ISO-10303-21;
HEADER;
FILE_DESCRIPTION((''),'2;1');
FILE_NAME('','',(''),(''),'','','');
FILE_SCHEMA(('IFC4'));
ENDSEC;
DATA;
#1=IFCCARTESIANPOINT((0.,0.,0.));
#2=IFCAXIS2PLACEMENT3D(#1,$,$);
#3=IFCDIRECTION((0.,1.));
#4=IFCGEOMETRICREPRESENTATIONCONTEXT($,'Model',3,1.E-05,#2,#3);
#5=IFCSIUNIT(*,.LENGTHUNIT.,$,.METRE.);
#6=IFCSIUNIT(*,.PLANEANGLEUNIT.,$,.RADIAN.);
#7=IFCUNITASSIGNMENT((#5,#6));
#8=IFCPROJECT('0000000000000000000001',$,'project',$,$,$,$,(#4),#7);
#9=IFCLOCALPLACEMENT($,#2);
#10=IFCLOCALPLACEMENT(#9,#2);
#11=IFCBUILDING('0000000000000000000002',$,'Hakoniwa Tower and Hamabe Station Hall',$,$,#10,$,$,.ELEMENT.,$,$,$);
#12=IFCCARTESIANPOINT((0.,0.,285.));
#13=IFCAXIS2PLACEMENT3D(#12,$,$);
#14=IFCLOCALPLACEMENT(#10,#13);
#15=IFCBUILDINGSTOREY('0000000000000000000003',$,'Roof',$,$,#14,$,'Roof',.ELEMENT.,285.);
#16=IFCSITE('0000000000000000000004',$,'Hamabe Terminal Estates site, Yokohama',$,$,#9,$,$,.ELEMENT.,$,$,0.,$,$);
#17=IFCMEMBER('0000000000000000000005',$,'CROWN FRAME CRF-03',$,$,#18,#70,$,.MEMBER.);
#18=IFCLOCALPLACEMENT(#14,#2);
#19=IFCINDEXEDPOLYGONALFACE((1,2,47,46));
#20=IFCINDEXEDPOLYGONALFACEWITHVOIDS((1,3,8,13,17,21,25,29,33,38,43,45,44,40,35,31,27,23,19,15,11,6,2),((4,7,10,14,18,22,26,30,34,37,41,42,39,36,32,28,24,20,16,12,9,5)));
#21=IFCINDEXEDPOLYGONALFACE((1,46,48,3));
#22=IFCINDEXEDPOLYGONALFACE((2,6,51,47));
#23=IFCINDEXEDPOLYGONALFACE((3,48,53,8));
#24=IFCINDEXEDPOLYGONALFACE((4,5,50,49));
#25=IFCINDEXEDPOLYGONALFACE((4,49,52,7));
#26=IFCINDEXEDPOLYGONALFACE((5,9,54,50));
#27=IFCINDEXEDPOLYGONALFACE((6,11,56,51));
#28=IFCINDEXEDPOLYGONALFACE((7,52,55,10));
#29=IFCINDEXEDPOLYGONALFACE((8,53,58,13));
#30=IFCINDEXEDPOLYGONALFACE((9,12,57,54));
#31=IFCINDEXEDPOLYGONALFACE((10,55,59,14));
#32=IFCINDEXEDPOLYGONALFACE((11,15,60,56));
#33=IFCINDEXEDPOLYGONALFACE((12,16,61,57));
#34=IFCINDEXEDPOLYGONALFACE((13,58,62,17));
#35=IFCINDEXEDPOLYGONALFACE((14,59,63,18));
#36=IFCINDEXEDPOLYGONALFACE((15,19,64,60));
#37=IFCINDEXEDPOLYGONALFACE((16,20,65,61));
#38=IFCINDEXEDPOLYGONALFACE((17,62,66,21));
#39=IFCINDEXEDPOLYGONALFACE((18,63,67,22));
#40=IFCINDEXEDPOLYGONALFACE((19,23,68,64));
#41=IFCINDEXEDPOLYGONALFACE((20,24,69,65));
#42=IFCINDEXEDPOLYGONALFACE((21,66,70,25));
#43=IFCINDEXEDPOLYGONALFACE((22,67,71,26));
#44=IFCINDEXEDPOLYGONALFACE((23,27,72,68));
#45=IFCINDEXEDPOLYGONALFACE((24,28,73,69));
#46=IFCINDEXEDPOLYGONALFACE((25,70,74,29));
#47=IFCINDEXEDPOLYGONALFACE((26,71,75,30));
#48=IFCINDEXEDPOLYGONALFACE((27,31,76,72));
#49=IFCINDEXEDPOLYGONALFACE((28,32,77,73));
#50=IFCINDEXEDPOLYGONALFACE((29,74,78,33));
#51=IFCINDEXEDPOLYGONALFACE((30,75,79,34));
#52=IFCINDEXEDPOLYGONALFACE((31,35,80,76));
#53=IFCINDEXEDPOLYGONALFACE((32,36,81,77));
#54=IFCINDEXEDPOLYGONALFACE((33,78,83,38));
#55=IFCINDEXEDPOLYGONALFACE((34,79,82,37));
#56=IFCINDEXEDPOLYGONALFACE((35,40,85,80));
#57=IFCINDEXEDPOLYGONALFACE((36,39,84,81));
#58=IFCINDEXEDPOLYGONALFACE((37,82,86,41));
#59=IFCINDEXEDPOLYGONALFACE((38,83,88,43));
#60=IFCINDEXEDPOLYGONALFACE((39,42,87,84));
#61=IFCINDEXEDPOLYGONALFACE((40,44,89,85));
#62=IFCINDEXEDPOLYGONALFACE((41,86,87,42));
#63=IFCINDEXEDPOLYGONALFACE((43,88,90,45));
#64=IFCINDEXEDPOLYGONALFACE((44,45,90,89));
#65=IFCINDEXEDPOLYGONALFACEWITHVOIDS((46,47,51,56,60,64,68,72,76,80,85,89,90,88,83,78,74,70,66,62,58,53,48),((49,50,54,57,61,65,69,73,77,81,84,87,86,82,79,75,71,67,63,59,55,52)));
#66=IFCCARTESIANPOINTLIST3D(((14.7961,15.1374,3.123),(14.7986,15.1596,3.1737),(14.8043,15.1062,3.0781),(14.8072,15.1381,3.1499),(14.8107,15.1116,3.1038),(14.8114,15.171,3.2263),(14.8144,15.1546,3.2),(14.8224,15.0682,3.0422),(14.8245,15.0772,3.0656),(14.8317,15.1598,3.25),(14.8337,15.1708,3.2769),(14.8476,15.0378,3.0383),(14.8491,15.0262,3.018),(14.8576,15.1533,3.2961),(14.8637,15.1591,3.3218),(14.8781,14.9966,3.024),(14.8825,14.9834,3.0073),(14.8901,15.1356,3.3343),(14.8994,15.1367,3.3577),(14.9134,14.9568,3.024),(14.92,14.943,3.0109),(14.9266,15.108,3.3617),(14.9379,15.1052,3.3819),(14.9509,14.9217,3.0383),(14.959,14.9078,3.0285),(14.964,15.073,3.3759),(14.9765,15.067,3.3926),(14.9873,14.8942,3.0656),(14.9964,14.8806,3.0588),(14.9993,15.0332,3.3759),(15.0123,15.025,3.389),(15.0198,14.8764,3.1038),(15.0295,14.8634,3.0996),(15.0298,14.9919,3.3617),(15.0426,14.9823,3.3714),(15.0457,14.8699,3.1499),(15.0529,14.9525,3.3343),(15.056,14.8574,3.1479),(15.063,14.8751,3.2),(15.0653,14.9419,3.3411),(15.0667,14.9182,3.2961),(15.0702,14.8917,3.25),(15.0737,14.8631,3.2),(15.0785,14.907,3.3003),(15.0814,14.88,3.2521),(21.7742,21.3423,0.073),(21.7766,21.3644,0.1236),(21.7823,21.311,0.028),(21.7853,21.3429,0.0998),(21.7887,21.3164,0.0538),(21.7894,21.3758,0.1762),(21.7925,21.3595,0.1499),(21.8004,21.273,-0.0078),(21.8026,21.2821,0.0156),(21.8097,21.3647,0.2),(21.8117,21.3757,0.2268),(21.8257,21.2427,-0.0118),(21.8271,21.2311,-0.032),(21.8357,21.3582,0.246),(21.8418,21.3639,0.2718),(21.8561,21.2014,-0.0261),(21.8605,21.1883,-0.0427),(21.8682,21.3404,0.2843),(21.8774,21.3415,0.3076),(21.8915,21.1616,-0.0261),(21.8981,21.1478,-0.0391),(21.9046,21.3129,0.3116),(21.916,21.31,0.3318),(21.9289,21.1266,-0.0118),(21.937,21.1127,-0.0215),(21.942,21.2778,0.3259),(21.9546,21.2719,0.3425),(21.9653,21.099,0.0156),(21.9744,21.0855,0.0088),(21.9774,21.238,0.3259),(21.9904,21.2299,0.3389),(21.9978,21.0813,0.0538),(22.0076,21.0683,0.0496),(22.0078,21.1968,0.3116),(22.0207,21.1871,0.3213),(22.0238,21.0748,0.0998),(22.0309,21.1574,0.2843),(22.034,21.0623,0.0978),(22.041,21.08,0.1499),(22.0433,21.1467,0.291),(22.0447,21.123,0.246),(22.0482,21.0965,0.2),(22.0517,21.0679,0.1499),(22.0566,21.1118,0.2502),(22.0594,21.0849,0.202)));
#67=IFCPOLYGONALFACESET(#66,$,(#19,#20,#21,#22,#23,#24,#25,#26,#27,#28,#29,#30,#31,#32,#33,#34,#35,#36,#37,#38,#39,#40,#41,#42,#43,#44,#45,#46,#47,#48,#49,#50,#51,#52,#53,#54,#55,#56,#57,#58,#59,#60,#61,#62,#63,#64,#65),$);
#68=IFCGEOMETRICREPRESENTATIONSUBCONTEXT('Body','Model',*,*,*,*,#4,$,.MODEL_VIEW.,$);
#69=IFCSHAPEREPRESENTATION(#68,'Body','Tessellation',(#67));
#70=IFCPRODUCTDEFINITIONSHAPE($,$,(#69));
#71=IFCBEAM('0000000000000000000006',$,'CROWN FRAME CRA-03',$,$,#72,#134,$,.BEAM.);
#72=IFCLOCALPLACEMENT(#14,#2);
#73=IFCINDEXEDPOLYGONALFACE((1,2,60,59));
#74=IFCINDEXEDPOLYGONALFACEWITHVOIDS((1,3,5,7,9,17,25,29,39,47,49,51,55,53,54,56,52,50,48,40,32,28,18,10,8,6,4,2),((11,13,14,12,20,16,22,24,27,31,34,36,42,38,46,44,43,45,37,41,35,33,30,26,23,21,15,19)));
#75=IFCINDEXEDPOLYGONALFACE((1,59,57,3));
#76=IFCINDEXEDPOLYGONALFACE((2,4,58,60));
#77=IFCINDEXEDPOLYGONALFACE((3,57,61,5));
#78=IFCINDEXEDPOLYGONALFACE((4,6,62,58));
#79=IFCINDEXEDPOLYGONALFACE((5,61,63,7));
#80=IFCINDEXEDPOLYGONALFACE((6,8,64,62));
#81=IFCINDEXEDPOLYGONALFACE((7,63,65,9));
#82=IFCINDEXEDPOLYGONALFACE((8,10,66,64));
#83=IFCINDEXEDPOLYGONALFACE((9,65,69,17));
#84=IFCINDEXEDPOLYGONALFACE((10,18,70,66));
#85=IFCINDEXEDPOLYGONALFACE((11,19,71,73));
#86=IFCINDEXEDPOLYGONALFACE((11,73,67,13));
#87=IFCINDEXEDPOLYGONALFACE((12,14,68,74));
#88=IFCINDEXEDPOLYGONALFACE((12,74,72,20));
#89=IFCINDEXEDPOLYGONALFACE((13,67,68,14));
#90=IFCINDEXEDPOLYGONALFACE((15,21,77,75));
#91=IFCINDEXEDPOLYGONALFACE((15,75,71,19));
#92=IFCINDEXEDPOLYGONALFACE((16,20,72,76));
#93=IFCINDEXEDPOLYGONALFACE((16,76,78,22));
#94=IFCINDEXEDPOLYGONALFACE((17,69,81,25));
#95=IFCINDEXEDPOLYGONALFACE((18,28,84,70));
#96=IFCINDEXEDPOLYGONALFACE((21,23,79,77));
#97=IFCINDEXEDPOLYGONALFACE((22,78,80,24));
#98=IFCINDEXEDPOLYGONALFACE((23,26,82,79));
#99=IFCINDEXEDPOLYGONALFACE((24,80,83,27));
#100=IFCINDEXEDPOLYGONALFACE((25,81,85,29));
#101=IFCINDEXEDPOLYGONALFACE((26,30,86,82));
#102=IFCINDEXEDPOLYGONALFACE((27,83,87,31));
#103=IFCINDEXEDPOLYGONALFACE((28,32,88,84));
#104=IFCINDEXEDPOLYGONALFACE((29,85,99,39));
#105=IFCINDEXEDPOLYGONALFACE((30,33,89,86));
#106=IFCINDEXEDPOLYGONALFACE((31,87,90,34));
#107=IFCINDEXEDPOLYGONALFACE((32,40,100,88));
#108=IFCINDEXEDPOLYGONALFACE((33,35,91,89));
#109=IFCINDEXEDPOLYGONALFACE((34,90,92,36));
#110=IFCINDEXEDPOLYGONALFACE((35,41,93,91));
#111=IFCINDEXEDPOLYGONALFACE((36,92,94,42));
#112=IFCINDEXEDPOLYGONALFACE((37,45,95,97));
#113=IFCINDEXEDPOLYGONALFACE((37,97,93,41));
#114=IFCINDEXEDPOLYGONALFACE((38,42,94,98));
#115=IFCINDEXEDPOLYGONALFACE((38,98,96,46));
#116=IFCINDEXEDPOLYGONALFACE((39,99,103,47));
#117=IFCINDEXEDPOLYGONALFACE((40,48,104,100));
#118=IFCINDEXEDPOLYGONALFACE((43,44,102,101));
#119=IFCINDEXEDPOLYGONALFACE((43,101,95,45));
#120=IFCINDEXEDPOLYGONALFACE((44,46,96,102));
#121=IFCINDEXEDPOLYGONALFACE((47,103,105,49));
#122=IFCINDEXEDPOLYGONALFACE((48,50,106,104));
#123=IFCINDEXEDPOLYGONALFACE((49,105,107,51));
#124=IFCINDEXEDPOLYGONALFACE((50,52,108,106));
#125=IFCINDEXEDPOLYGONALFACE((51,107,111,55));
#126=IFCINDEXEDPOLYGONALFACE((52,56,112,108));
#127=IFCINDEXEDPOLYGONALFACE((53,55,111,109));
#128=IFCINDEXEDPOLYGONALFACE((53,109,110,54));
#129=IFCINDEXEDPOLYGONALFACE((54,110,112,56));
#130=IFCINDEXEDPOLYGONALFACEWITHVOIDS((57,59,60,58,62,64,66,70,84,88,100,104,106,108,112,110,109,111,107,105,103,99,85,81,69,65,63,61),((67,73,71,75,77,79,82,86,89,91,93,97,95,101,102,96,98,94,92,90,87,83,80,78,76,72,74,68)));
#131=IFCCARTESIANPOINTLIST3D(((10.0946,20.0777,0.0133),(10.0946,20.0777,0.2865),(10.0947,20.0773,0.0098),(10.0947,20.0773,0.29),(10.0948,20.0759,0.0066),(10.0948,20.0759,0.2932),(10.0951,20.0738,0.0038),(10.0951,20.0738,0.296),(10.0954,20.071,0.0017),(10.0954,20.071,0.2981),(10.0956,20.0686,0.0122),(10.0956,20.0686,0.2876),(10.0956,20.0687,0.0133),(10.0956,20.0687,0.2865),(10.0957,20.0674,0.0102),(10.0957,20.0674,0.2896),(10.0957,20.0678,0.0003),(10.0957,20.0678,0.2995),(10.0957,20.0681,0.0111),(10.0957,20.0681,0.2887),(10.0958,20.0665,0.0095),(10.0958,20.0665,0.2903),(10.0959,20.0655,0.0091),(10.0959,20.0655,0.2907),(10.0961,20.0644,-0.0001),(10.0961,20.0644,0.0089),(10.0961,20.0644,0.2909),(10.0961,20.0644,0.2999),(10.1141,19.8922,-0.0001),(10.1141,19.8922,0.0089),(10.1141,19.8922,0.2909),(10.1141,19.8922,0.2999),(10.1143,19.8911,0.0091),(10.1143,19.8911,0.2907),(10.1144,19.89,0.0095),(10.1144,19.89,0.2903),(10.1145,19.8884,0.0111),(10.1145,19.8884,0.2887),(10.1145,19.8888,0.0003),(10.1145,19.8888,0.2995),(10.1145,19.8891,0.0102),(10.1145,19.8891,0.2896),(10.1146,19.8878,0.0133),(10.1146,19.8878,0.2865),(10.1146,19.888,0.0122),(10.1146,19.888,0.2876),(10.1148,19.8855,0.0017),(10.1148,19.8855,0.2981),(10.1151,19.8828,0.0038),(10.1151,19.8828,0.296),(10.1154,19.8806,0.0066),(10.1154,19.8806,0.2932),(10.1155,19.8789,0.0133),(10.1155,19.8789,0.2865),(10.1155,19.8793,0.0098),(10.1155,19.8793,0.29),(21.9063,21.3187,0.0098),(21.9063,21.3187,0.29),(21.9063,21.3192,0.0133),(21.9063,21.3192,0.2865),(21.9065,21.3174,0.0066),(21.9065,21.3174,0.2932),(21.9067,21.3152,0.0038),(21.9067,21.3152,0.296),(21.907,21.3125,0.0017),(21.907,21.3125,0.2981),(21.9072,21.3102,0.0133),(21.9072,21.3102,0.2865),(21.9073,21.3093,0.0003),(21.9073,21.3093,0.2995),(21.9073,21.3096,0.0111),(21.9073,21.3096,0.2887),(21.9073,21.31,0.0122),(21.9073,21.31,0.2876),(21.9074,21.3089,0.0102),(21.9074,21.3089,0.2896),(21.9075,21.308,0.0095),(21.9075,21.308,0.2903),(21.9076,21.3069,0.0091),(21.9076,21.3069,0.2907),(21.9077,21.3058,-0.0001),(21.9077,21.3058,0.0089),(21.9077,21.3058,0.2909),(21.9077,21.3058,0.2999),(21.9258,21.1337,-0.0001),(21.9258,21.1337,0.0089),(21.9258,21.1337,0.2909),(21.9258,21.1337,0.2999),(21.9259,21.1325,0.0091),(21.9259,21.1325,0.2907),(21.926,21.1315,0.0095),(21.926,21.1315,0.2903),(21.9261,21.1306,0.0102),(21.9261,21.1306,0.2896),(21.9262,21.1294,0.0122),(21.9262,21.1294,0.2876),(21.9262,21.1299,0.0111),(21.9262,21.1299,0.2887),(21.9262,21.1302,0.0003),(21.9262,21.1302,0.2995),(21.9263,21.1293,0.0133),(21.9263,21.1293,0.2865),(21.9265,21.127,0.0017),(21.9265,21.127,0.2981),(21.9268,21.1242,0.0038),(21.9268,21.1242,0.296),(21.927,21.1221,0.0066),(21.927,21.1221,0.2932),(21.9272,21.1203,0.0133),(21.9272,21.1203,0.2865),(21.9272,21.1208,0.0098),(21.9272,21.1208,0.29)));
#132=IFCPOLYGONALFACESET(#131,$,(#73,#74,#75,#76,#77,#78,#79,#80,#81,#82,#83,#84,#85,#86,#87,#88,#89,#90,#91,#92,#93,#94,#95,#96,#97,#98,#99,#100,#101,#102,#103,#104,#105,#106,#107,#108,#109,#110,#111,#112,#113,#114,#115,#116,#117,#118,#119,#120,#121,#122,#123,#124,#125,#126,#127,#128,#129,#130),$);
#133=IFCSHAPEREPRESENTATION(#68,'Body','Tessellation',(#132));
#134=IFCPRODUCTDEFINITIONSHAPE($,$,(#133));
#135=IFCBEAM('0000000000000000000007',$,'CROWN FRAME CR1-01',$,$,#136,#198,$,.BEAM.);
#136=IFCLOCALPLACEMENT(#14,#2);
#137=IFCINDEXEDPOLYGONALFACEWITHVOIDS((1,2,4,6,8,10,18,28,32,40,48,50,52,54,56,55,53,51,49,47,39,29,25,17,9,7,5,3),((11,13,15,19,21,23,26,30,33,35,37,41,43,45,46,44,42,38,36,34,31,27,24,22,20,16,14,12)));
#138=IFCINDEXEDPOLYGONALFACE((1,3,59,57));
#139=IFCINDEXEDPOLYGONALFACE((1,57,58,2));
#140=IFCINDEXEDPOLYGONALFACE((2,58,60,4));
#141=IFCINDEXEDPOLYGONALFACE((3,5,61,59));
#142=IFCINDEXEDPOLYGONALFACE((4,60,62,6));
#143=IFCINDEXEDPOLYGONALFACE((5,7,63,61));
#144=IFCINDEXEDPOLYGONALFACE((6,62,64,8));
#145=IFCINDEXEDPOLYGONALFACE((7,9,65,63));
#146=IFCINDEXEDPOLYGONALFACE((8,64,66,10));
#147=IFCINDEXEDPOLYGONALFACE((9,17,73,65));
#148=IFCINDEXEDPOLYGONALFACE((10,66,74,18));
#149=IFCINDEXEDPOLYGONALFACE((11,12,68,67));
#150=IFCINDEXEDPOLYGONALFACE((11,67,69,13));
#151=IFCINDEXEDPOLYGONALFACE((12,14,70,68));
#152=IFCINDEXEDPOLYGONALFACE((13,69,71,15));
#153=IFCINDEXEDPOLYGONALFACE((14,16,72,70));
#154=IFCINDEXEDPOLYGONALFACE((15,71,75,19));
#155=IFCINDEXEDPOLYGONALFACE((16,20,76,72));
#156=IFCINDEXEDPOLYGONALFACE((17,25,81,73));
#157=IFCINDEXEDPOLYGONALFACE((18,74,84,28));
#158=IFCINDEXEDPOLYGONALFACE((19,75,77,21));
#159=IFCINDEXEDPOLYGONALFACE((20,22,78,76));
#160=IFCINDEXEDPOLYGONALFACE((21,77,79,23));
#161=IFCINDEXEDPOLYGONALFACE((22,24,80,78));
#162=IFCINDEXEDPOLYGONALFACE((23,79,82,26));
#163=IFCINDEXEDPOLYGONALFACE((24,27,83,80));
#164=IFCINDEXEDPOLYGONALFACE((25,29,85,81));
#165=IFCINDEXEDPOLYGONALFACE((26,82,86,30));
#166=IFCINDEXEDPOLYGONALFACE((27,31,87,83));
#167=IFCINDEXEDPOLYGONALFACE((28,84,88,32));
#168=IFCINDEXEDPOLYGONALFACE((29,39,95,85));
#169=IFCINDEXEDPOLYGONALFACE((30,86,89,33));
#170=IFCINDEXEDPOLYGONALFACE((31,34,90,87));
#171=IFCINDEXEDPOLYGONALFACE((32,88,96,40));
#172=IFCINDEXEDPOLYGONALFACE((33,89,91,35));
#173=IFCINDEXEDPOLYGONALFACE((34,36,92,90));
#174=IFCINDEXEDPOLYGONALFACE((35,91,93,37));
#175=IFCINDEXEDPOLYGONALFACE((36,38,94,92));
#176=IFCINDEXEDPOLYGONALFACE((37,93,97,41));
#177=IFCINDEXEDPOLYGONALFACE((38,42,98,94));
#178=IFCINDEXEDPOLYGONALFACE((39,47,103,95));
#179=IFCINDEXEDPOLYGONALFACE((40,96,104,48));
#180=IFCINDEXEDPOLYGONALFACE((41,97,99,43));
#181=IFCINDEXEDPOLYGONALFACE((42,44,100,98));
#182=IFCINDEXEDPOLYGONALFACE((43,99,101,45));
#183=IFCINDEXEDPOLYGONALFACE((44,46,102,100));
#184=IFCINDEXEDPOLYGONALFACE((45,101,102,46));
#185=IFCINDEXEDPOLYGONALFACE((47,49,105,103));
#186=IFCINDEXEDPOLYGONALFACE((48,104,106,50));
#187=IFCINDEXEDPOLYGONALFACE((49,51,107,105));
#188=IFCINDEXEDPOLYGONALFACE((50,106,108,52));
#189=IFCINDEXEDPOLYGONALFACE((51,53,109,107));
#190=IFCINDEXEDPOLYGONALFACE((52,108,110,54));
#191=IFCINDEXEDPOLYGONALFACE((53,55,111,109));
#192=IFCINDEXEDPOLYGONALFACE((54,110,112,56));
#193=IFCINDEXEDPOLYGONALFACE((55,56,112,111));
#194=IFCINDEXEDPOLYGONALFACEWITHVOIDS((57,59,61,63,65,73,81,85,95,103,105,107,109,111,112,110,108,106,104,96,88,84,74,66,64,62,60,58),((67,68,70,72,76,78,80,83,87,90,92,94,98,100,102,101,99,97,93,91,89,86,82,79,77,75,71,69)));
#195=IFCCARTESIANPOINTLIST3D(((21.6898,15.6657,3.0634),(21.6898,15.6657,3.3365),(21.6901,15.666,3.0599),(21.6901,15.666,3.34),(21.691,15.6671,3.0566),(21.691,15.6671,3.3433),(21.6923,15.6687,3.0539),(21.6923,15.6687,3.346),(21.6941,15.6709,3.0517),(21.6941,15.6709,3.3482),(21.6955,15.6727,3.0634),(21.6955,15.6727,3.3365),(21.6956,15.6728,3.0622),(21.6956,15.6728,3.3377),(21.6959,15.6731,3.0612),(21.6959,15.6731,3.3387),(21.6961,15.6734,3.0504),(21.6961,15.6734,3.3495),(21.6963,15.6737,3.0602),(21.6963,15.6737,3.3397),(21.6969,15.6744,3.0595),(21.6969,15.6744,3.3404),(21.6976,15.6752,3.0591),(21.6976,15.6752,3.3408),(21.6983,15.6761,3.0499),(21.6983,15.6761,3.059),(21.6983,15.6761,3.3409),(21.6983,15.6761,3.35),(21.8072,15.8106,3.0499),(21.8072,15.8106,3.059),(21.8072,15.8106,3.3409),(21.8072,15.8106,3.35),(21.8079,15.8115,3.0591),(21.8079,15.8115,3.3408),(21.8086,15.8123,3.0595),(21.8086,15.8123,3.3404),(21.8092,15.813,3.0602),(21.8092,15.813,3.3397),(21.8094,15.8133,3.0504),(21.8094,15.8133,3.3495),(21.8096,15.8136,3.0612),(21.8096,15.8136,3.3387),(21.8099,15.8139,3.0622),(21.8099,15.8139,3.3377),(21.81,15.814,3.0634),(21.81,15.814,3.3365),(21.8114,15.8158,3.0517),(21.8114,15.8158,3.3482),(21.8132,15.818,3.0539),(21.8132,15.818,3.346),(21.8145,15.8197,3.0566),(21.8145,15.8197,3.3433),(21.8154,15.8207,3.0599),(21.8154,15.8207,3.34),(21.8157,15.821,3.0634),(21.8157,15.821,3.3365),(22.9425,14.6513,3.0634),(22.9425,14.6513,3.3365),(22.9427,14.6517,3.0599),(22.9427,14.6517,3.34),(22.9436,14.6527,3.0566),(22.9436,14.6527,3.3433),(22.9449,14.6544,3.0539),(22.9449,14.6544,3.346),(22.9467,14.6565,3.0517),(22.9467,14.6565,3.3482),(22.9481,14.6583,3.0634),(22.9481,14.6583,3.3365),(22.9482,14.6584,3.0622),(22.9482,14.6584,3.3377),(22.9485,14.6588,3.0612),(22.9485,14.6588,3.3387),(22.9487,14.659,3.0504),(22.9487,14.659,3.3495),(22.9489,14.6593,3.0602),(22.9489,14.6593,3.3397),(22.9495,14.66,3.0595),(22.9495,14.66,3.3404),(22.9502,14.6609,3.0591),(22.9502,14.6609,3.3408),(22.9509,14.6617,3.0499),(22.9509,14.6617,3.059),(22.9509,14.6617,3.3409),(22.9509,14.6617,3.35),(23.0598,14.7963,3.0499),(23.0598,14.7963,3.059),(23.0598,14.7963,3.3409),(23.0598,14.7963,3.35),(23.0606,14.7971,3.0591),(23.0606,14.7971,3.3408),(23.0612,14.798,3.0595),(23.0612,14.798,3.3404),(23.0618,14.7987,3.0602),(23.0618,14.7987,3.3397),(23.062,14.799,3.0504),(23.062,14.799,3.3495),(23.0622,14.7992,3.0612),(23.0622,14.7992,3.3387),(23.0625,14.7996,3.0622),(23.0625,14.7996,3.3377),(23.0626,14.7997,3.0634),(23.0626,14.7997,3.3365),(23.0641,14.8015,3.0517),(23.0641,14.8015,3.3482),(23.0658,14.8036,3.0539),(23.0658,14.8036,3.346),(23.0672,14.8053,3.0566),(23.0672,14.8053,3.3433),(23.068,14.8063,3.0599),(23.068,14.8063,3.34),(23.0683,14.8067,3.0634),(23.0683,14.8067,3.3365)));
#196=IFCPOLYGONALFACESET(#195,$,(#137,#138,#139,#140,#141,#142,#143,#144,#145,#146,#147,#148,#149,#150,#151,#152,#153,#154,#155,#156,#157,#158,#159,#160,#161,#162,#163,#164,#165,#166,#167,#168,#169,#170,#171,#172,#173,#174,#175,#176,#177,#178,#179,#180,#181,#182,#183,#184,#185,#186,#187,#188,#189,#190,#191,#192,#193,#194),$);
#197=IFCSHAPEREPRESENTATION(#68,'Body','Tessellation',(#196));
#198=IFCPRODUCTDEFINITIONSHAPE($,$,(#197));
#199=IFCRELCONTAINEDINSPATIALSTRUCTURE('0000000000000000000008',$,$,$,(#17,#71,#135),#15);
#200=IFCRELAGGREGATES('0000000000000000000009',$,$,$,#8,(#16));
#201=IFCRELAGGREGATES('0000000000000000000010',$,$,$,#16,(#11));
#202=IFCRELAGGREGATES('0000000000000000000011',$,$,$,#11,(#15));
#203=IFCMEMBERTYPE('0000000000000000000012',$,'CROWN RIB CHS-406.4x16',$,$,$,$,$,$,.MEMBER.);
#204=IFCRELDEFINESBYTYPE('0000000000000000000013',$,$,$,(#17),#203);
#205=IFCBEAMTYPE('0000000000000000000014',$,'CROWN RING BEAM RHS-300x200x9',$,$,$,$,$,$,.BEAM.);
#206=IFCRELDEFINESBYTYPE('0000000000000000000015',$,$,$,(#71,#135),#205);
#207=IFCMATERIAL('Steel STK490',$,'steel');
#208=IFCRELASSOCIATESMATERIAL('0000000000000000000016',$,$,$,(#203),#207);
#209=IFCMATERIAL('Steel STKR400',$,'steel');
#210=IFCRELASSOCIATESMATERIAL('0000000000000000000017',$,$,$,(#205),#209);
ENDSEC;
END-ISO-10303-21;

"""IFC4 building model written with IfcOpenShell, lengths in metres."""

from ifc_helpers import new_model, si_unit, direction, frame, origin, origin_2d, place, context, subcontext, project, spatial, hollow_rectangle, hollow_circle, extrude, material, material_profile, profile_set, type_object, element, save


model = new_model("IFC4")

# Units and contexts
model_context = context("Model", 3, precision=1e-05, world=origin(), true_north=direction((0.0, 1.0)))
body_context = subcontext(model_context, "Body", "Model", "MODEL_VIEW")
ifc_project = project(units=[si_unit("LENGTHUNIT", "METRE"), si_unit("PLANEANGLEUNIT", "RADIAN")], contexts=[model_context])

# Site, building, storey
site_placement = place(None, origin())
site = spatial("IfcSite", under=ifc_project, at=site_placement, Name="Hamabe Terminal Estates site, Yokohama", CompositionType="ELEMENT", RefElevation=0.0)
building_placement = place(site_placement, origin())
building = spatial("IfcBuilding", under=site, at=building_placement, Name="Hakoniwa Tower and Hamabe Station Hall", CompositionType="ELEMENT")
storey_placement = place(building_placement, frame((0.0, 0.0, 285.0)))
storey = spatial("IfcBuildingStorey", under=building, at=storey_placement, Name="Roof", LongName="Roof", CompositionType="ELEMENT", Elevation=285.0)

# Member
ifc_material_1 = material(Name="Steel STK490", Category="steel")
ifc_material_profile_1 = material_profile(ifc_material_1, hollow_circle(Radius=0.2031, WallThickness=0.0161, at=origin_2d()), Name="CHS-406.4x16")
ifc_profile_set_1 = profile_set([ifc_material_profile_1], Name="Steel STK490")
member_type_1 = type_object("IfcMemberType", Name="CROWN RIB CHS-406.4x16", PredefinedType="MEMBER", material=ifc_profile_set_1)
member_1_placement = place(storey_placement, frame((21.9167, 21.2197, 0.1499), z_axis=(-0.710361, -0.63165, 0.310494), x_axis=(0.664492, -0.747295, 0.0)))
element("IfcMember", 1, at=member_1_placement, inside=storey, type_object=member_type_1, Name="CROWN FRAME CRF-03", PredefinedType="MEMBER", context=body_context, shape_type="SweptSolid", body=[
    extrude(hollow_circle(Radius=0.2031, WallThickness=0.0161, at=origin_2d()), origin(), (0.0, 0.0, 1.0), 9.8232),
])

# Beams
ifc_material_2 = material(Name="Steel STKR400", Category="steel")
ifc_material_profile_2 = material_profile(ifc_material_2, hollow_rectangle(XDim=0.2, YDim=0.3, WallThickness=0.009, InnerFilletRadius=0.0044, OuterFilletRadius=0.0134, at=origin_2d()), Name="RHS-300x200x9")
ifc_profile_set_2 = profile_set([ifc_material_profile_2], Name="Steel STKR400")
beam_type = type_object("IfcBeamType", Name="CROWN RING BEAM RHS-300x200x9", PredefinedType="BEAM", material=ifc_profile_set_2)
beam_1_placement = place(storey_placement, frame((21.9167, 21.2197, 0.1499), z_axis=(-0.994522, -0.104527, 0.0), x_axis=(0.104527, -0.994522, 0.0)))
element("IfcBeam", 2, at=beam_1_placement, inside=storey, type_object=beam_type, Name="CROWN FRAME CRA-03", PredefinedType="BEAM", context=body_context, shape_type="SweptSolid", body=[
    extrude(hollow_rectangle(XDim=0.2, YDim=0.3, WallThickness=0.009, InnerFilletRadius=0.0044, OuterFilletRadius=0.0134, at=origin_2d()), origin(), (0.0, 0.0, 1.0), 11.8767),
])
beam_2_placement = place(storey_placement, frame((23.0054, 14.729, 3.2), z_axis=(-0.777146, 0.62932, 0.0), x_axis=(-0.62932, -0.777146, 0.0)))
element("IfcBeam", 3, at=beam_2_placement, inside=storey, type_object=beam_type, Name="CROWN FRAME CR1-01", PredefinedType="BEAM", context=body_context, shape_type="SweptSolid", body=[
    extrude(hollow_rectangle(XDim=0.2, YDim=0.3, WallThickness=0.009, InnerFilletRadius=0.0044, OuterFilletRadius=0.0134, at=origin_2d()), origin(), (0.0, 0.0, 1.0), 1.6118),
])

save(model, "model.ifc")
